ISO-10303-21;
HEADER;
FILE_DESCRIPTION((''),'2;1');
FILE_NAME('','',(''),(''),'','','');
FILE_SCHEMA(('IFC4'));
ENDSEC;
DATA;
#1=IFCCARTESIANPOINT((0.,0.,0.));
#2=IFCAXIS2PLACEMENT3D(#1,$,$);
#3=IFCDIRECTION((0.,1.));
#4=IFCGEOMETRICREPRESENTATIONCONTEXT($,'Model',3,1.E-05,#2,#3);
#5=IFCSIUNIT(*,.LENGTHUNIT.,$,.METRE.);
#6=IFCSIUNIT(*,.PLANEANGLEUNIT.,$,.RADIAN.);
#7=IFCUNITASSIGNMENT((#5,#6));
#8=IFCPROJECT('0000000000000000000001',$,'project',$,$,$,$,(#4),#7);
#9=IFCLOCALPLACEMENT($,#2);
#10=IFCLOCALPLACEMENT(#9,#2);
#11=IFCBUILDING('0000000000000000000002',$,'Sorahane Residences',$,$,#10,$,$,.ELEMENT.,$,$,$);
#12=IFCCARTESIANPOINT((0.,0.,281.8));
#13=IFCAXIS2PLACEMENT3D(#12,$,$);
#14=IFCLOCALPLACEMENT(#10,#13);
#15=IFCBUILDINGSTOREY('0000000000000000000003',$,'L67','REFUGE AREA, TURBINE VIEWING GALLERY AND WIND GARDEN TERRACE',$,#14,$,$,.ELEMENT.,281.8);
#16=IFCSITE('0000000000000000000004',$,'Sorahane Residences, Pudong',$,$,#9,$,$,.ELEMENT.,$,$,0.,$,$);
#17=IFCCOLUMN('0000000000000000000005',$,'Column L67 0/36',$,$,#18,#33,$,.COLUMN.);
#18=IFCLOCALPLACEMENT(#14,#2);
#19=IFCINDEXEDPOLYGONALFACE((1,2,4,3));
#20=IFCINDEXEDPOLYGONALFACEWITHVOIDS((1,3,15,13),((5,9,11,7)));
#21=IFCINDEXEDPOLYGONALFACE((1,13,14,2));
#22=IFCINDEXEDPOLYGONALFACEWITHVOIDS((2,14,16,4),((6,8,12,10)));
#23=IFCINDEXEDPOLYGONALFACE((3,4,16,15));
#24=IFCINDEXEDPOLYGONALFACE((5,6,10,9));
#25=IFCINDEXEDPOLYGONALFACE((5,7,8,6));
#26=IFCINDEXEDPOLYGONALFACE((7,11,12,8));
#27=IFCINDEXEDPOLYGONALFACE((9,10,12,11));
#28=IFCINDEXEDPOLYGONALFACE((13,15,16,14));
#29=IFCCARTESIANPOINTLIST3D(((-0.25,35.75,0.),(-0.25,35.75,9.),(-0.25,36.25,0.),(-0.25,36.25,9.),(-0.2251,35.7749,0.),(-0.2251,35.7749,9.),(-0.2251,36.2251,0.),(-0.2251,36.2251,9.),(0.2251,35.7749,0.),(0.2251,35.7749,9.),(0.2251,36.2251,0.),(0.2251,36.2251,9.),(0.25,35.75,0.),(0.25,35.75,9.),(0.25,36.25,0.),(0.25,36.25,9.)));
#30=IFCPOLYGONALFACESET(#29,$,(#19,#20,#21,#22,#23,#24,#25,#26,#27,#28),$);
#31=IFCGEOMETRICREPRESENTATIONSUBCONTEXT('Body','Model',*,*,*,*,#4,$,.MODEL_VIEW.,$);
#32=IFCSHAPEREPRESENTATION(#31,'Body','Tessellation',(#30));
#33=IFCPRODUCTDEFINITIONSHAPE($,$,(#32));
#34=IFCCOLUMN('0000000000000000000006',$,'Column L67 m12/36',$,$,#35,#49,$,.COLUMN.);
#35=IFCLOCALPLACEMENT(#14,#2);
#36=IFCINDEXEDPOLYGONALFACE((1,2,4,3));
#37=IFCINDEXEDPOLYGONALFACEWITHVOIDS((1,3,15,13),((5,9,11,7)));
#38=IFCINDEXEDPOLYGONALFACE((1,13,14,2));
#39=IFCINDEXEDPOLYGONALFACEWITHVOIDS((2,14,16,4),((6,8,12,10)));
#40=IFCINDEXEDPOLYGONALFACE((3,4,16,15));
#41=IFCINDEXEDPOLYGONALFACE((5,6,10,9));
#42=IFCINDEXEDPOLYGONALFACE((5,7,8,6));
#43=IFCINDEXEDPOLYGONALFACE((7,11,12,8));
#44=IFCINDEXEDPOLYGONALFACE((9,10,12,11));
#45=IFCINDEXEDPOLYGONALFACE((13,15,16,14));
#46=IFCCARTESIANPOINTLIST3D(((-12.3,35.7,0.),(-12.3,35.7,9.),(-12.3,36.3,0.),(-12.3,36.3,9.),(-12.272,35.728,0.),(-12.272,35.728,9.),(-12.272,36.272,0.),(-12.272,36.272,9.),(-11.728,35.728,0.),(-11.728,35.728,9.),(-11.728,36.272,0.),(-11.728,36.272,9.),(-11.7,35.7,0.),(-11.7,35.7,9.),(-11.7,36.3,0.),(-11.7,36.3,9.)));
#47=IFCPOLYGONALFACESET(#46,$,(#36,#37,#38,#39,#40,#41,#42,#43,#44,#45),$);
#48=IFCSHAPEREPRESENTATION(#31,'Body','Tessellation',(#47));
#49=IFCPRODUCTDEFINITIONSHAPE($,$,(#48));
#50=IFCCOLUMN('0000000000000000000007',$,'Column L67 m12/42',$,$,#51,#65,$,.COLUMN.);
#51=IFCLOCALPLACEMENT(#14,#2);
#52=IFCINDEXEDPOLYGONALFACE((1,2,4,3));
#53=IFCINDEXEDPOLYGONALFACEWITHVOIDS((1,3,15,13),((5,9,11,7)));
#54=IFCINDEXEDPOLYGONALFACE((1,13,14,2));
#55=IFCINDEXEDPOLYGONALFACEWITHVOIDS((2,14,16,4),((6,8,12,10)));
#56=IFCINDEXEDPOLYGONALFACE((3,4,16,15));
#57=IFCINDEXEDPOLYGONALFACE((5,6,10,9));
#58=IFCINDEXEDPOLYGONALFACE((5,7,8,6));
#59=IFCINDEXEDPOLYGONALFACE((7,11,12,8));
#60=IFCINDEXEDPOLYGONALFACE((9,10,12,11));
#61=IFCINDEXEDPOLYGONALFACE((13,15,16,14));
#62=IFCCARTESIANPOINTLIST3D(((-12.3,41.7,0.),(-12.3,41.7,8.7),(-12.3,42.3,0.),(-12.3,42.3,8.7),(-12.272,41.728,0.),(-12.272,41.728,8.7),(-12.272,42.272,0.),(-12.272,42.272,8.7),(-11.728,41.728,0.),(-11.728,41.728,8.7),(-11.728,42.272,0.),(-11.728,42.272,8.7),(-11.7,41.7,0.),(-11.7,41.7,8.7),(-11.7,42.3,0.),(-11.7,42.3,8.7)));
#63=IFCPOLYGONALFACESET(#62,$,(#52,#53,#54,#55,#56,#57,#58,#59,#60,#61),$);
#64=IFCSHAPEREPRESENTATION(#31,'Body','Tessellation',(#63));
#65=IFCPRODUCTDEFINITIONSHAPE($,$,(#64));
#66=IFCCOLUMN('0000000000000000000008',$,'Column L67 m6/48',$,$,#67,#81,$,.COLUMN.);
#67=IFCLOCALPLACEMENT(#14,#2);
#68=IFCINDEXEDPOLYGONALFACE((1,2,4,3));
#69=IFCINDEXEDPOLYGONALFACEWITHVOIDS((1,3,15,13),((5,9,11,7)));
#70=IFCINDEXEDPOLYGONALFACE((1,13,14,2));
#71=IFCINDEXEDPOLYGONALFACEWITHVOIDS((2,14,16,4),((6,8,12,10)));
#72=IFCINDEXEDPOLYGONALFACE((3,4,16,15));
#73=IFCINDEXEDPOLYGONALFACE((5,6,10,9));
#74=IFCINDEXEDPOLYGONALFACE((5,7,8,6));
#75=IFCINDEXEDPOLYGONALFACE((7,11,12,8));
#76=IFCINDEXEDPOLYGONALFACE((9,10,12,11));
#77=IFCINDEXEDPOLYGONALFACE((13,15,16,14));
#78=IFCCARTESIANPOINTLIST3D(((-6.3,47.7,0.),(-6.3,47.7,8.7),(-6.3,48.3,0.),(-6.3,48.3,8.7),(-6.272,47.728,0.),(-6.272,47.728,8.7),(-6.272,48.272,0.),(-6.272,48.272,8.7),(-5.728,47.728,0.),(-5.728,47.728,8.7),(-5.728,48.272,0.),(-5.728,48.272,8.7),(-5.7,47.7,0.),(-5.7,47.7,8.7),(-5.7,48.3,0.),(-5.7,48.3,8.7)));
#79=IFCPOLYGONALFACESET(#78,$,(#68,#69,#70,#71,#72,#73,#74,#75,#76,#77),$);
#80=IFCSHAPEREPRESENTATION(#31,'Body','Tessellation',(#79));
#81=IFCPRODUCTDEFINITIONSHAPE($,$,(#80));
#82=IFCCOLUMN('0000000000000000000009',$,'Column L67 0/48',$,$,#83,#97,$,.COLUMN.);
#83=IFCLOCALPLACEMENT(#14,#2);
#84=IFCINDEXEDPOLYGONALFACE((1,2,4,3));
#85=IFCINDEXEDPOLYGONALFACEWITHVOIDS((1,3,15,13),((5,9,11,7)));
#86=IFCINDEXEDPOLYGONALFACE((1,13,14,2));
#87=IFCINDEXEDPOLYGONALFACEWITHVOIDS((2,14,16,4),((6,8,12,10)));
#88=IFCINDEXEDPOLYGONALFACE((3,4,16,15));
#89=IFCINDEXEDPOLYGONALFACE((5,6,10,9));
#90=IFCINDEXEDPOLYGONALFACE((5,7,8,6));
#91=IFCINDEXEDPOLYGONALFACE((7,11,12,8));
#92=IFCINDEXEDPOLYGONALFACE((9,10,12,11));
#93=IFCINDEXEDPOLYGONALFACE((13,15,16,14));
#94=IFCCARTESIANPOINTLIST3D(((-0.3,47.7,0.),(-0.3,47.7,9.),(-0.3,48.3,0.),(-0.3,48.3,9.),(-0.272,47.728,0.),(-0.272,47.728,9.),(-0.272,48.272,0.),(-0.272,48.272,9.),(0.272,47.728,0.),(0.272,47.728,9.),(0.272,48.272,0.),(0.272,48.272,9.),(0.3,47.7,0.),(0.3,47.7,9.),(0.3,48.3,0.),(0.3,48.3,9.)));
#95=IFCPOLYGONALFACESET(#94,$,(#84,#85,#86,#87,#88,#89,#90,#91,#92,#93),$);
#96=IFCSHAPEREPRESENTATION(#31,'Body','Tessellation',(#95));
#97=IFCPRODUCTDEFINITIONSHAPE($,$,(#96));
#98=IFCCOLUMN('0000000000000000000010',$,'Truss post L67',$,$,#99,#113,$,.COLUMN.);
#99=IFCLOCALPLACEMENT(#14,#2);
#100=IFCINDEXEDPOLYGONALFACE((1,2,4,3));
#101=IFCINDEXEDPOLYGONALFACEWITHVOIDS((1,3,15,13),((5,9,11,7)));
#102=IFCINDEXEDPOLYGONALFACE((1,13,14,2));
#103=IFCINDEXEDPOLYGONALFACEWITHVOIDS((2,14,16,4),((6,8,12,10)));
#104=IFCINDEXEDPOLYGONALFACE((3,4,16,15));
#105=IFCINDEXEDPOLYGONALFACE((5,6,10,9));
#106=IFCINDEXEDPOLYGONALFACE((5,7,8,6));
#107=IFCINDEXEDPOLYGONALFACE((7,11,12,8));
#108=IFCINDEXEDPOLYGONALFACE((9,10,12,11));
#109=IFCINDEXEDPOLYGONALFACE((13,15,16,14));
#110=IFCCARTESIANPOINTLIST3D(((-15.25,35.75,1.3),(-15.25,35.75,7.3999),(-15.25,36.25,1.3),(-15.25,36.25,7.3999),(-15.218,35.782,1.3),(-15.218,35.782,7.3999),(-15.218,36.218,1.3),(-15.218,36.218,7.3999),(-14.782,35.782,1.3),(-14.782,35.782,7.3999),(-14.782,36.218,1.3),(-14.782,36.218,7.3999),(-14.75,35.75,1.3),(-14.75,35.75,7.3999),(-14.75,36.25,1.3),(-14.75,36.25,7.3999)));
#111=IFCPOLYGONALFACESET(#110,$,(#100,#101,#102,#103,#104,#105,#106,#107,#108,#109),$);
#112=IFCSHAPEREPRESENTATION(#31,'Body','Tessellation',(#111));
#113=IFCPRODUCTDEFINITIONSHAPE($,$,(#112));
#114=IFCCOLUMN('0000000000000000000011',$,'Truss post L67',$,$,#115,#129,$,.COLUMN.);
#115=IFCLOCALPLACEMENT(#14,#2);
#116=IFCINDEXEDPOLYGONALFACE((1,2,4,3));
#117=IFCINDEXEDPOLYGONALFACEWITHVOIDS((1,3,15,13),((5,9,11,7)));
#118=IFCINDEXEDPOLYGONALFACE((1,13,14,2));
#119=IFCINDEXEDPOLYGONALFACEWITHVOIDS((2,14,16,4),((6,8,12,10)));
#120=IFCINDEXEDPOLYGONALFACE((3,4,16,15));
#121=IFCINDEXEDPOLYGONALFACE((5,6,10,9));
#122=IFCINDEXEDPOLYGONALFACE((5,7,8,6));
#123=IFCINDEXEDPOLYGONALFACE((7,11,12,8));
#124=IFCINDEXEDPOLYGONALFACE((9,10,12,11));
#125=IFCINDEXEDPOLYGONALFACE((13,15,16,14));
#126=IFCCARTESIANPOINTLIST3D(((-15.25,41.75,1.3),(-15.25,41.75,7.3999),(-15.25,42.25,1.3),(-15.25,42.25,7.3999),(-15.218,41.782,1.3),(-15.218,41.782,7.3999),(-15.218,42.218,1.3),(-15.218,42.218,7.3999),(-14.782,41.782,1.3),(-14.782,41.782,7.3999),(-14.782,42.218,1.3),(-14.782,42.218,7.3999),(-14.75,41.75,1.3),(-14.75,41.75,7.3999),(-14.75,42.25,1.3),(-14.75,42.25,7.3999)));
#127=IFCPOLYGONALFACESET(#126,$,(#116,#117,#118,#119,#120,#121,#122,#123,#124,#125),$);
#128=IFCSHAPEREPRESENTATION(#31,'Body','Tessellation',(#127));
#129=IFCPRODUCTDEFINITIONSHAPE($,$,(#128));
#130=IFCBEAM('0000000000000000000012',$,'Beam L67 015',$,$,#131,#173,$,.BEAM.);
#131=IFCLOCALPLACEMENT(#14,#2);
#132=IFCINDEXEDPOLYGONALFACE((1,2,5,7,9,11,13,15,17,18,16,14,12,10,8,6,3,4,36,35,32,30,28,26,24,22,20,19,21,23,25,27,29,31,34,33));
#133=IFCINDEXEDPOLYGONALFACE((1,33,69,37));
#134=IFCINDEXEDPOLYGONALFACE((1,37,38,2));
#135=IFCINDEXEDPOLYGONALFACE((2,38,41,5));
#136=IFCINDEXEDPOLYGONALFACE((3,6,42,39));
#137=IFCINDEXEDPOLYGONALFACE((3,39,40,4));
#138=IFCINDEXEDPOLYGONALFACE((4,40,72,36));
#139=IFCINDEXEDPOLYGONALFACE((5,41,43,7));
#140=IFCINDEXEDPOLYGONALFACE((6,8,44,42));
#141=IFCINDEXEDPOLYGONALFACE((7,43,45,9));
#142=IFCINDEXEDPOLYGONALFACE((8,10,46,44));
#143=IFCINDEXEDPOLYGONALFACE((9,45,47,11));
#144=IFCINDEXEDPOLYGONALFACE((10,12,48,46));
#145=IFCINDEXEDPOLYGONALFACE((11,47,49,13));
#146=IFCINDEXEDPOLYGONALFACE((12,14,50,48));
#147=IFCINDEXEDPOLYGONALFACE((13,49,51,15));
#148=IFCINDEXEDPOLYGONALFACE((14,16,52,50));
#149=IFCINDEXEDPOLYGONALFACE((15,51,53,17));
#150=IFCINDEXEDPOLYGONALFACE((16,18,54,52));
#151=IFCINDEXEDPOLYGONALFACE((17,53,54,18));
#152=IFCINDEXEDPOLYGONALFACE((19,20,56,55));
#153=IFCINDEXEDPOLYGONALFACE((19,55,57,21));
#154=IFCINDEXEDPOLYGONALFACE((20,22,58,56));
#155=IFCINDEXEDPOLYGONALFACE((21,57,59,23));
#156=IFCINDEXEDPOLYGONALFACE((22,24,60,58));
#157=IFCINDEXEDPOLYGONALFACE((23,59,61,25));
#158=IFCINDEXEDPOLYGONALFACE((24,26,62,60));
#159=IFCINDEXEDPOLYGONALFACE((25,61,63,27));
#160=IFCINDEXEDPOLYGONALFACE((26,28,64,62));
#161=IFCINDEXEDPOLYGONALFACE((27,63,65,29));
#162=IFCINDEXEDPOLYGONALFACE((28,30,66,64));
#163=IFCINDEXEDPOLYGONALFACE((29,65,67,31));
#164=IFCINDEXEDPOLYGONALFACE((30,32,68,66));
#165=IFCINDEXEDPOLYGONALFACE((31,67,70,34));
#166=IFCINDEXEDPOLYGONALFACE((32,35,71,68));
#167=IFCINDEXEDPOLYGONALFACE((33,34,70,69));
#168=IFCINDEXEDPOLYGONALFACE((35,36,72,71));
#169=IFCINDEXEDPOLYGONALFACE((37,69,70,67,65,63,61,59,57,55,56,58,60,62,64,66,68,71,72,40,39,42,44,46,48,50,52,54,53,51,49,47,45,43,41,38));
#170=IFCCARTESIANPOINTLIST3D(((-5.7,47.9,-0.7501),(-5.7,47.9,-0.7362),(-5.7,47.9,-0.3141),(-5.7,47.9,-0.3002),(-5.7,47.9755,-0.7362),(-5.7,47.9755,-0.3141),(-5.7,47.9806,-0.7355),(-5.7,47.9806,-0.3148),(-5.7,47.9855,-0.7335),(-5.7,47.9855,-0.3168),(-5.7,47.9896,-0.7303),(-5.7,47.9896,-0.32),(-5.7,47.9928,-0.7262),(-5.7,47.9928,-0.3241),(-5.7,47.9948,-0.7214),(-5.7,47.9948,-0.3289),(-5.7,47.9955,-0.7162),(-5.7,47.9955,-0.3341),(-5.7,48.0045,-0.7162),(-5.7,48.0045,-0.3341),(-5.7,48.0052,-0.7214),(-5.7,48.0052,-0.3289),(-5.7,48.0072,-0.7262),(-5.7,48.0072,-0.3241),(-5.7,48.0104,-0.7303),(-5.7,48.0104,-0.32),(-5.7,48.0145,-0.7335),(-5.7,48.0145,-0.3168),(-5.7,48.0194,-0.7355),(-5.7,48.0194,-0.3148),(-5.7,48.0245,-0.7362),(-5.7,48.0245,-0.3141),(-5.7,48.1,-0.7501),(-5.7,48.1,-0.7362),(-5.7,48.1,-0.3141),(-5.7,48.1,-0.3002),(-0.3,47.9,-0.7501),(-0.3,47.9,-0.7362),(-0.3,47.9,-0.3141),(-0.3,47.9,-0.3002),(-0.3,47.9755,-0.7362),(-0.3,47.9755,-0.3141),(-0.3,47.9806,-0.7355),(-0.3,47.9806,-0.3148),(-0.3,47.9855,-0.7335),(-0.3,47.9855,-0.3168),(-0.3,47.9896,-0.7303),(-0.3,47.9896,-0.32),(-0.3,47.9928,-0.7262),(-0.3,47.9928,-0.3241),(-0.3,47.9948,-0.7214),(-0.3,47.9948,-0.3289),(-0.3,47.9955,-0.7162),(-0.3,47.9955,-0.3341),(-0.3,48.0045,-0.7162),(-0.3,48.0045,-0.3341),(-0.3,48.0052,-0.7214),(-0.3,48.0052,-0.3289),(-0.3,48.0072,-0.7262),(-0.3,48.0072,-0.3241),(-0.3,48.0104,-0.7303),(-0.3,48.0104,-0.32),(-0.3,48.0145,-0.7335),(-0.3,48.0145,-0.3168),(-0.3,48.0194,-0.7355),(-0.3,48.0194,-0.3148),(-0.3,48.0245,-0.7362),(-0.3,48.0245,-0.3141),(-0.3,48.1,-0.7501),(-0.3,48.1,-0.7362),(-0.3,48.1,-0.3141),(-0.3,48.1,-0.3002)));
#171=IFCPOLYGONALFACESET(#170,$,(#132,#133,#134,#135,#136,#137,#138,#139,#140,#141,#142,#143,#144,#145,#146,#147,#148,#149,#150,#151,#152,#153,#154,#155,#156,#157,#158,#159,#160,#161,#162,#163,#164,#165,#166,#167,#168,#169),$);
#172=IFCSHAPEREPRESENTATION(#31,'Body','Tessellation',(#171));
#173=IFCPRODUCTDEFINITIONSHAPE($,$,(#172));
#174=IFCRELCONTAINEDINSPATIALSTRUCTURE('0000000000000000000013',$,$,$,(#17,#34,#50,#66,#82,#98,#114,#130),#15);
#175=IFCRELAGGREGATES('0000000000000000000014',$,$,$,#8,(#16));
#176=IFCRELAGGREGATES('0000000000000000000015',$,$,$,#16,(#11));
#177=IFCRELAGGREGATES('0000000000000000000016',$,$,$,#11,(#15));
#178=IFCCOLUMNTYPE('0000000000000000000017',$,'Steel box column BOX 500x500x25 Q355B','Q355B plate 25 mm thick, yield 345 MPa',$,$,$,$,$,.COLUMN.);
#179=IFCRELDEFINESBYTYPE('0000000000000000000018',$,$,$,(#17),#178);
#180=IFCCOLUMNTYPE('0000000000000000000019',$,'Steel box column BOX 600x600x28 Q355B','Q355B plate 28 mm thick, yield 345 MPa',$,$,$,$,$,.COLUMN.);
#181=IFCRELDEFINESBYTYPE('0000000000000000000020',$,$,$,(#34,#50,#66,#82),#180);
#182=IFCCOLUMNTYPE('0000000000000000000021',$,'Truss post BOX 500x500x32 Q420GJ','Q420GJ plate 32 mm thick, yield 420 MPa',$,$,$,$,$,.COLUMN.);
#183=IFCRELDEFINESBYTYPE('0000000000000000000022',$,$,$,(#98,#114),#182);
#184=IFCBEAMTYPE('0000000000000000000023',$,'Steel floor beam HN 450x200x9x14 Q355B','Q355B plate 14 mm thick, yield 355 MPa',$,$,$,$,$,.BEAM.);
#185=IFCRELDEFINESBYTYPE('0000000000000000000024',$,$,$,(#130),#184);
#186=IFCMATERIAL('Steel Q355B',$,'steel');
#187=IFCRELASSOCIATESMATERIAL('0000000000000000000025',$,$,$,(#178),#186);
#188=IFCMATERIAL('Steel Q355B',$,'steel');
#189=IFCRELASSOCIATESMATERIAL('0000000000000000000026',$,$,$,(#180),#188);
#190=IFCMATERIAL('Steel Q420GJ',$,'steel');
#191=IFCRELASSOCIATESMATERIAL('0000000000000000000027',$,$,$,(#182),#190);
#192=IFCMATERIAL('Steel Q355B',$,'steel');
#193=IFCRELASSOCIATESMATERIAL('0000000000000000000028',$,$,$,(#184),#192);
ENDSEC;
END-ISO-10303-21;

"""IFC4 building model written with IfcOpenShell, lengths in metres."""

from ifc_helpers import new_model, si_unit, direction, frame, origin, origin_2d, place, context, subcontext, project, spatial, hollow_rectangle, i_section, extrude, material, material_profile, profile_set, type_object, element, save


model = new_model("IFC4")

# Units and contexts
model_context = context("Model", 3, precision=1e-05, world=origin(), true_north=direction((0.0, 1.0)))
body_context = subcontext(model_context, "Body", "Model", "MODEL_VIEW")
ifc_project = project(units=[si_unit("LENGTHUNIT", "METRE"), si_unit("PLANEANGLEUNIT", "RADIAN")], contexts=[model_context])

# Site, building, storey
site_placement = place(None, origin())
site = spatial("IfcSite", under=ifc_project, at=site_placement, Name="Sorahane Residences, Pudong", CompositionType="ELEMENT", RefElevation=0.0)
building_placement = place(site_placement, origin())
building = spatial("IfcBuilding", under=site, at=building_placement, Name="Sorahane Residences", CompositionType="ELEMENT")
storey_placement = place(building_placement, frame((0.0, 0.0, 281.8)))
storey = spatial("IfcBuildingStorey", under=building, at=storey_placement, Name="L67", Description="REFUGE AREA, TURBINE VIEWING GALLERY AND WIND GARDEN TERRACE", CompositionType="ELEMENT", Elevation=281.8)

# Columns
ifc_material_1 = material(Name="Steel Q355B", Category="steel")
ifc_material_profile_1 = material_profile(ifc_material_1, hollow_rectangle(XDim=0.5, YDim=0.5, WallThickness=0.0249, at=origin_2d()), Name="BOX 500x500x25")
ifc_profile_set_1 = profile_set([ifc_material_profile_1], Name="Steel Q355B")
column_type_1 = type_object("IfcColumnType", Name="Steel box column BOX 500x500x25 Q355B", Description="Q355B plate 25 mm thick, yield 345 MPa", PredefinedType="COLUMN", material=ifc_profile_set_1)
column_1_placement = place(storey_placement, frame((0.0, 36.0, 0.0), z_axis=(0.0, 0.0, 1.0), x_axis=(1.0, 0.0, 0.0)))
element("IfcColumn", 1, at=column_1_placement, inside=storey, type_object=column_type_1, Name="Column L67 0/36", PredefinedType="COLUMN", context=body_context, shape_type="SweptSolid", body=[
    extrude(hollow_rectangle(XDim=0.5, YDim=0.5, WallThickness=0.0249, at=origin_2d()), origin(), (0.0, 0.0, 1.0), 9.0),
])
ifc_material_2 = material(Name="Steel Q355B", Category="steel")
ifc_material_profile_2 = material_profile(ifc_material_2, hollow_rectangle(XDim=0.6001, YDim=0.6001, WallThickness=0.0281, at=origin_2d()), Name="BOX 600x600x28")
ifc_profile_set_2 = profile_set([ifc_material_profile_2], Name="Steel Q355B")
column_type_2 = type_object("IfcColumnType", Name="Steel box column BOX 600x600x28 Q355B", Description="Q355B plate 28 mm thick, yield 345 MPa", PredefinedType="COLUMN", material=ifc_profile_set_2)
column_2_placement = place(storey_placement, frame((-12.0, 36.0, 0.0), z_axis=(0.0, 0.0, 1.0), x_axis=(1.0, 0.0, 0.0)))
element("IfcColumn", 2, at=column_2_placement, inside=storey, type_object=column_type_2, Name="Column L67 m12/36", PredefinedType="COLUMN", context=body_context, shape_type="SweptSolid", body=[
    extrude(hollow_rectangle(XDim=0.6001, YDim=0.6001, WallThickness=0.0281, at=origin_2d()), origin(), (0.0, 0.0, 1.0), 9.0),
])
for number, where, z_axis, x_axis, name in (
    (3, (-12.0, 42.0, 0.0), (0.0, 0.0, 1.0), (1.0, 0.0, 0.0), "Column L67 m12/42"),
    (4, (-6.0, 48.0, 0.0), (0.0, 0.0, 1.0), (1.0, 0.0, 0.0), "Column L67 m6/48"),
):
    element("IfcColumn", number, at=place(storey_placement, frame(where, z_axis=z_axis, x_axis=x_axis)), inside=storey, type_object=column_type_2, Name=name, PredefinedType="COLUMN", context=body_context, shape_type="SweptSolid", body=[
        extrude(hollow_rectangle(XDim=0.6001, YDim=0.6001, WallThickness=0.0281, at=origin_2d()), origin(), (0.0, 0.0, 1.0), 8.7),
    ])
column_3_placement = place(storey_placement, frame((0.0, 48.0, 0.0), z_axis=(0.0, 0.0, 1.0), x_axis=(1.0, 0.0, 0.0)))
element("IfcColumn", 5, at=column_3_placement, inside=storey, type_object=column_type_2, Name="Column L67 0/48", PredefinedType="COLUMN", context=body_context, shape_type="SweptSolid", body=[
    extrude(hollow_rectangle(XDim=0.6001, YDim=0.6001, WallThickness=0.0281, at=origin_2d()), origin(), (0.0, 0.0, 1.0), 9.0),
])
ifc_material_3 = material(Name="Steel Q420GJ", Category="steel")
ifc_material_profile_3 = material_profile(ifc_material_3, hollow_rectangle(XDim=0.5, YDim=0.5, WallThickness=0.032, at=origin_2d()), Name="BOX 500x500x32")
ifc_profile_set_3 = profile_set([ifc_material_profile_3], Name="Steel Q420GJ")
column_type_3 = type_object("IfcColumnType", Name="Truss post BOX 500x500x32 Q420GJ", Description="Q420GJ plate 32 mm thick, yield 420 MPa", PredefinedType="COLUMN", material=ifc_profile_set_3)
for number, where, z_axis, x_axis, name in (
    (6, (-15.0, 36.0, 1.3), (0.0, 0.0, 1.0), (1.0, 0.0, 0.0), "Truss post L67"),
    (7, (-15.0, 42.0, 1.3), (0.0, 0.0, 1.0), (1.0, 0.0, 0.0), "Truss post L67"),
):
    element("IfcColumn", number, at=place(storey_placement, frame(where, z_axis=z_axis, x_axis=x_axis)), inside=storey, type_object=column_type_3, Name=name, PredefinedType="COLUMN", context=body_context, shape_type="SweptSolid", body=[
        extrude(hollow_rectangle(XDim=0.5, YDim=0.5, WallThickness=0.032, at=origin_2d()), origin(), (0.0, 0.0, 1.0), 6.0999),
    ])

# Beam
ifc_material_4 = material(Name="Steel Q355B", Category="steel")
ifc_material_profile_4 = material_profile(ifc_material_4, i_section(OverallWidth=0.2, OverallDepth=0.45, WebThickness=0.009, FlangeThickness=0.0139, FilletRadius=0.02, at=origin_2d()), Name="HN 450x200x9x14")
ifc_profile_set_4 = profile_set([ifc_material_profile_4], Name="Steel Q355B")
beam_type_1 = type_object("IfcBeamType", Name="Steel floor beam HN 450x200x9x14 Q355B", Description="Q355B plate 14 mm thick, yield 355 MPa", PredefinedType="BEAM", material=ifc_profile_set_4)
for number, where, z_axis, x_axis, name in (
    (8, (-5.7, 48.0, -0.5251), (1.0, 0.0, 0.0), (0.0, 1.0, 0.0), "Beam L67 015"),
):
    element("IfcBeam", number, at=place(storey_placement, frame(where, z_axis=z_axis, x_axis=x_axis)), inside=storey, type_object=beam_type_1, Name=name, PredefinedType="BEAM", context=body_context, shape_type="SweptSolid", body=[
        extrude(i_section(OverallWidth=0.2, OverallDepth=0.45, WebThickness=0.009, FlangeThickness=0.0139, FilletRadius=0.02, at=origin_2d()), origin(), (0.0, 0.0, 1.0), 5.3999),
    ])

save(model, "model.ifc")
